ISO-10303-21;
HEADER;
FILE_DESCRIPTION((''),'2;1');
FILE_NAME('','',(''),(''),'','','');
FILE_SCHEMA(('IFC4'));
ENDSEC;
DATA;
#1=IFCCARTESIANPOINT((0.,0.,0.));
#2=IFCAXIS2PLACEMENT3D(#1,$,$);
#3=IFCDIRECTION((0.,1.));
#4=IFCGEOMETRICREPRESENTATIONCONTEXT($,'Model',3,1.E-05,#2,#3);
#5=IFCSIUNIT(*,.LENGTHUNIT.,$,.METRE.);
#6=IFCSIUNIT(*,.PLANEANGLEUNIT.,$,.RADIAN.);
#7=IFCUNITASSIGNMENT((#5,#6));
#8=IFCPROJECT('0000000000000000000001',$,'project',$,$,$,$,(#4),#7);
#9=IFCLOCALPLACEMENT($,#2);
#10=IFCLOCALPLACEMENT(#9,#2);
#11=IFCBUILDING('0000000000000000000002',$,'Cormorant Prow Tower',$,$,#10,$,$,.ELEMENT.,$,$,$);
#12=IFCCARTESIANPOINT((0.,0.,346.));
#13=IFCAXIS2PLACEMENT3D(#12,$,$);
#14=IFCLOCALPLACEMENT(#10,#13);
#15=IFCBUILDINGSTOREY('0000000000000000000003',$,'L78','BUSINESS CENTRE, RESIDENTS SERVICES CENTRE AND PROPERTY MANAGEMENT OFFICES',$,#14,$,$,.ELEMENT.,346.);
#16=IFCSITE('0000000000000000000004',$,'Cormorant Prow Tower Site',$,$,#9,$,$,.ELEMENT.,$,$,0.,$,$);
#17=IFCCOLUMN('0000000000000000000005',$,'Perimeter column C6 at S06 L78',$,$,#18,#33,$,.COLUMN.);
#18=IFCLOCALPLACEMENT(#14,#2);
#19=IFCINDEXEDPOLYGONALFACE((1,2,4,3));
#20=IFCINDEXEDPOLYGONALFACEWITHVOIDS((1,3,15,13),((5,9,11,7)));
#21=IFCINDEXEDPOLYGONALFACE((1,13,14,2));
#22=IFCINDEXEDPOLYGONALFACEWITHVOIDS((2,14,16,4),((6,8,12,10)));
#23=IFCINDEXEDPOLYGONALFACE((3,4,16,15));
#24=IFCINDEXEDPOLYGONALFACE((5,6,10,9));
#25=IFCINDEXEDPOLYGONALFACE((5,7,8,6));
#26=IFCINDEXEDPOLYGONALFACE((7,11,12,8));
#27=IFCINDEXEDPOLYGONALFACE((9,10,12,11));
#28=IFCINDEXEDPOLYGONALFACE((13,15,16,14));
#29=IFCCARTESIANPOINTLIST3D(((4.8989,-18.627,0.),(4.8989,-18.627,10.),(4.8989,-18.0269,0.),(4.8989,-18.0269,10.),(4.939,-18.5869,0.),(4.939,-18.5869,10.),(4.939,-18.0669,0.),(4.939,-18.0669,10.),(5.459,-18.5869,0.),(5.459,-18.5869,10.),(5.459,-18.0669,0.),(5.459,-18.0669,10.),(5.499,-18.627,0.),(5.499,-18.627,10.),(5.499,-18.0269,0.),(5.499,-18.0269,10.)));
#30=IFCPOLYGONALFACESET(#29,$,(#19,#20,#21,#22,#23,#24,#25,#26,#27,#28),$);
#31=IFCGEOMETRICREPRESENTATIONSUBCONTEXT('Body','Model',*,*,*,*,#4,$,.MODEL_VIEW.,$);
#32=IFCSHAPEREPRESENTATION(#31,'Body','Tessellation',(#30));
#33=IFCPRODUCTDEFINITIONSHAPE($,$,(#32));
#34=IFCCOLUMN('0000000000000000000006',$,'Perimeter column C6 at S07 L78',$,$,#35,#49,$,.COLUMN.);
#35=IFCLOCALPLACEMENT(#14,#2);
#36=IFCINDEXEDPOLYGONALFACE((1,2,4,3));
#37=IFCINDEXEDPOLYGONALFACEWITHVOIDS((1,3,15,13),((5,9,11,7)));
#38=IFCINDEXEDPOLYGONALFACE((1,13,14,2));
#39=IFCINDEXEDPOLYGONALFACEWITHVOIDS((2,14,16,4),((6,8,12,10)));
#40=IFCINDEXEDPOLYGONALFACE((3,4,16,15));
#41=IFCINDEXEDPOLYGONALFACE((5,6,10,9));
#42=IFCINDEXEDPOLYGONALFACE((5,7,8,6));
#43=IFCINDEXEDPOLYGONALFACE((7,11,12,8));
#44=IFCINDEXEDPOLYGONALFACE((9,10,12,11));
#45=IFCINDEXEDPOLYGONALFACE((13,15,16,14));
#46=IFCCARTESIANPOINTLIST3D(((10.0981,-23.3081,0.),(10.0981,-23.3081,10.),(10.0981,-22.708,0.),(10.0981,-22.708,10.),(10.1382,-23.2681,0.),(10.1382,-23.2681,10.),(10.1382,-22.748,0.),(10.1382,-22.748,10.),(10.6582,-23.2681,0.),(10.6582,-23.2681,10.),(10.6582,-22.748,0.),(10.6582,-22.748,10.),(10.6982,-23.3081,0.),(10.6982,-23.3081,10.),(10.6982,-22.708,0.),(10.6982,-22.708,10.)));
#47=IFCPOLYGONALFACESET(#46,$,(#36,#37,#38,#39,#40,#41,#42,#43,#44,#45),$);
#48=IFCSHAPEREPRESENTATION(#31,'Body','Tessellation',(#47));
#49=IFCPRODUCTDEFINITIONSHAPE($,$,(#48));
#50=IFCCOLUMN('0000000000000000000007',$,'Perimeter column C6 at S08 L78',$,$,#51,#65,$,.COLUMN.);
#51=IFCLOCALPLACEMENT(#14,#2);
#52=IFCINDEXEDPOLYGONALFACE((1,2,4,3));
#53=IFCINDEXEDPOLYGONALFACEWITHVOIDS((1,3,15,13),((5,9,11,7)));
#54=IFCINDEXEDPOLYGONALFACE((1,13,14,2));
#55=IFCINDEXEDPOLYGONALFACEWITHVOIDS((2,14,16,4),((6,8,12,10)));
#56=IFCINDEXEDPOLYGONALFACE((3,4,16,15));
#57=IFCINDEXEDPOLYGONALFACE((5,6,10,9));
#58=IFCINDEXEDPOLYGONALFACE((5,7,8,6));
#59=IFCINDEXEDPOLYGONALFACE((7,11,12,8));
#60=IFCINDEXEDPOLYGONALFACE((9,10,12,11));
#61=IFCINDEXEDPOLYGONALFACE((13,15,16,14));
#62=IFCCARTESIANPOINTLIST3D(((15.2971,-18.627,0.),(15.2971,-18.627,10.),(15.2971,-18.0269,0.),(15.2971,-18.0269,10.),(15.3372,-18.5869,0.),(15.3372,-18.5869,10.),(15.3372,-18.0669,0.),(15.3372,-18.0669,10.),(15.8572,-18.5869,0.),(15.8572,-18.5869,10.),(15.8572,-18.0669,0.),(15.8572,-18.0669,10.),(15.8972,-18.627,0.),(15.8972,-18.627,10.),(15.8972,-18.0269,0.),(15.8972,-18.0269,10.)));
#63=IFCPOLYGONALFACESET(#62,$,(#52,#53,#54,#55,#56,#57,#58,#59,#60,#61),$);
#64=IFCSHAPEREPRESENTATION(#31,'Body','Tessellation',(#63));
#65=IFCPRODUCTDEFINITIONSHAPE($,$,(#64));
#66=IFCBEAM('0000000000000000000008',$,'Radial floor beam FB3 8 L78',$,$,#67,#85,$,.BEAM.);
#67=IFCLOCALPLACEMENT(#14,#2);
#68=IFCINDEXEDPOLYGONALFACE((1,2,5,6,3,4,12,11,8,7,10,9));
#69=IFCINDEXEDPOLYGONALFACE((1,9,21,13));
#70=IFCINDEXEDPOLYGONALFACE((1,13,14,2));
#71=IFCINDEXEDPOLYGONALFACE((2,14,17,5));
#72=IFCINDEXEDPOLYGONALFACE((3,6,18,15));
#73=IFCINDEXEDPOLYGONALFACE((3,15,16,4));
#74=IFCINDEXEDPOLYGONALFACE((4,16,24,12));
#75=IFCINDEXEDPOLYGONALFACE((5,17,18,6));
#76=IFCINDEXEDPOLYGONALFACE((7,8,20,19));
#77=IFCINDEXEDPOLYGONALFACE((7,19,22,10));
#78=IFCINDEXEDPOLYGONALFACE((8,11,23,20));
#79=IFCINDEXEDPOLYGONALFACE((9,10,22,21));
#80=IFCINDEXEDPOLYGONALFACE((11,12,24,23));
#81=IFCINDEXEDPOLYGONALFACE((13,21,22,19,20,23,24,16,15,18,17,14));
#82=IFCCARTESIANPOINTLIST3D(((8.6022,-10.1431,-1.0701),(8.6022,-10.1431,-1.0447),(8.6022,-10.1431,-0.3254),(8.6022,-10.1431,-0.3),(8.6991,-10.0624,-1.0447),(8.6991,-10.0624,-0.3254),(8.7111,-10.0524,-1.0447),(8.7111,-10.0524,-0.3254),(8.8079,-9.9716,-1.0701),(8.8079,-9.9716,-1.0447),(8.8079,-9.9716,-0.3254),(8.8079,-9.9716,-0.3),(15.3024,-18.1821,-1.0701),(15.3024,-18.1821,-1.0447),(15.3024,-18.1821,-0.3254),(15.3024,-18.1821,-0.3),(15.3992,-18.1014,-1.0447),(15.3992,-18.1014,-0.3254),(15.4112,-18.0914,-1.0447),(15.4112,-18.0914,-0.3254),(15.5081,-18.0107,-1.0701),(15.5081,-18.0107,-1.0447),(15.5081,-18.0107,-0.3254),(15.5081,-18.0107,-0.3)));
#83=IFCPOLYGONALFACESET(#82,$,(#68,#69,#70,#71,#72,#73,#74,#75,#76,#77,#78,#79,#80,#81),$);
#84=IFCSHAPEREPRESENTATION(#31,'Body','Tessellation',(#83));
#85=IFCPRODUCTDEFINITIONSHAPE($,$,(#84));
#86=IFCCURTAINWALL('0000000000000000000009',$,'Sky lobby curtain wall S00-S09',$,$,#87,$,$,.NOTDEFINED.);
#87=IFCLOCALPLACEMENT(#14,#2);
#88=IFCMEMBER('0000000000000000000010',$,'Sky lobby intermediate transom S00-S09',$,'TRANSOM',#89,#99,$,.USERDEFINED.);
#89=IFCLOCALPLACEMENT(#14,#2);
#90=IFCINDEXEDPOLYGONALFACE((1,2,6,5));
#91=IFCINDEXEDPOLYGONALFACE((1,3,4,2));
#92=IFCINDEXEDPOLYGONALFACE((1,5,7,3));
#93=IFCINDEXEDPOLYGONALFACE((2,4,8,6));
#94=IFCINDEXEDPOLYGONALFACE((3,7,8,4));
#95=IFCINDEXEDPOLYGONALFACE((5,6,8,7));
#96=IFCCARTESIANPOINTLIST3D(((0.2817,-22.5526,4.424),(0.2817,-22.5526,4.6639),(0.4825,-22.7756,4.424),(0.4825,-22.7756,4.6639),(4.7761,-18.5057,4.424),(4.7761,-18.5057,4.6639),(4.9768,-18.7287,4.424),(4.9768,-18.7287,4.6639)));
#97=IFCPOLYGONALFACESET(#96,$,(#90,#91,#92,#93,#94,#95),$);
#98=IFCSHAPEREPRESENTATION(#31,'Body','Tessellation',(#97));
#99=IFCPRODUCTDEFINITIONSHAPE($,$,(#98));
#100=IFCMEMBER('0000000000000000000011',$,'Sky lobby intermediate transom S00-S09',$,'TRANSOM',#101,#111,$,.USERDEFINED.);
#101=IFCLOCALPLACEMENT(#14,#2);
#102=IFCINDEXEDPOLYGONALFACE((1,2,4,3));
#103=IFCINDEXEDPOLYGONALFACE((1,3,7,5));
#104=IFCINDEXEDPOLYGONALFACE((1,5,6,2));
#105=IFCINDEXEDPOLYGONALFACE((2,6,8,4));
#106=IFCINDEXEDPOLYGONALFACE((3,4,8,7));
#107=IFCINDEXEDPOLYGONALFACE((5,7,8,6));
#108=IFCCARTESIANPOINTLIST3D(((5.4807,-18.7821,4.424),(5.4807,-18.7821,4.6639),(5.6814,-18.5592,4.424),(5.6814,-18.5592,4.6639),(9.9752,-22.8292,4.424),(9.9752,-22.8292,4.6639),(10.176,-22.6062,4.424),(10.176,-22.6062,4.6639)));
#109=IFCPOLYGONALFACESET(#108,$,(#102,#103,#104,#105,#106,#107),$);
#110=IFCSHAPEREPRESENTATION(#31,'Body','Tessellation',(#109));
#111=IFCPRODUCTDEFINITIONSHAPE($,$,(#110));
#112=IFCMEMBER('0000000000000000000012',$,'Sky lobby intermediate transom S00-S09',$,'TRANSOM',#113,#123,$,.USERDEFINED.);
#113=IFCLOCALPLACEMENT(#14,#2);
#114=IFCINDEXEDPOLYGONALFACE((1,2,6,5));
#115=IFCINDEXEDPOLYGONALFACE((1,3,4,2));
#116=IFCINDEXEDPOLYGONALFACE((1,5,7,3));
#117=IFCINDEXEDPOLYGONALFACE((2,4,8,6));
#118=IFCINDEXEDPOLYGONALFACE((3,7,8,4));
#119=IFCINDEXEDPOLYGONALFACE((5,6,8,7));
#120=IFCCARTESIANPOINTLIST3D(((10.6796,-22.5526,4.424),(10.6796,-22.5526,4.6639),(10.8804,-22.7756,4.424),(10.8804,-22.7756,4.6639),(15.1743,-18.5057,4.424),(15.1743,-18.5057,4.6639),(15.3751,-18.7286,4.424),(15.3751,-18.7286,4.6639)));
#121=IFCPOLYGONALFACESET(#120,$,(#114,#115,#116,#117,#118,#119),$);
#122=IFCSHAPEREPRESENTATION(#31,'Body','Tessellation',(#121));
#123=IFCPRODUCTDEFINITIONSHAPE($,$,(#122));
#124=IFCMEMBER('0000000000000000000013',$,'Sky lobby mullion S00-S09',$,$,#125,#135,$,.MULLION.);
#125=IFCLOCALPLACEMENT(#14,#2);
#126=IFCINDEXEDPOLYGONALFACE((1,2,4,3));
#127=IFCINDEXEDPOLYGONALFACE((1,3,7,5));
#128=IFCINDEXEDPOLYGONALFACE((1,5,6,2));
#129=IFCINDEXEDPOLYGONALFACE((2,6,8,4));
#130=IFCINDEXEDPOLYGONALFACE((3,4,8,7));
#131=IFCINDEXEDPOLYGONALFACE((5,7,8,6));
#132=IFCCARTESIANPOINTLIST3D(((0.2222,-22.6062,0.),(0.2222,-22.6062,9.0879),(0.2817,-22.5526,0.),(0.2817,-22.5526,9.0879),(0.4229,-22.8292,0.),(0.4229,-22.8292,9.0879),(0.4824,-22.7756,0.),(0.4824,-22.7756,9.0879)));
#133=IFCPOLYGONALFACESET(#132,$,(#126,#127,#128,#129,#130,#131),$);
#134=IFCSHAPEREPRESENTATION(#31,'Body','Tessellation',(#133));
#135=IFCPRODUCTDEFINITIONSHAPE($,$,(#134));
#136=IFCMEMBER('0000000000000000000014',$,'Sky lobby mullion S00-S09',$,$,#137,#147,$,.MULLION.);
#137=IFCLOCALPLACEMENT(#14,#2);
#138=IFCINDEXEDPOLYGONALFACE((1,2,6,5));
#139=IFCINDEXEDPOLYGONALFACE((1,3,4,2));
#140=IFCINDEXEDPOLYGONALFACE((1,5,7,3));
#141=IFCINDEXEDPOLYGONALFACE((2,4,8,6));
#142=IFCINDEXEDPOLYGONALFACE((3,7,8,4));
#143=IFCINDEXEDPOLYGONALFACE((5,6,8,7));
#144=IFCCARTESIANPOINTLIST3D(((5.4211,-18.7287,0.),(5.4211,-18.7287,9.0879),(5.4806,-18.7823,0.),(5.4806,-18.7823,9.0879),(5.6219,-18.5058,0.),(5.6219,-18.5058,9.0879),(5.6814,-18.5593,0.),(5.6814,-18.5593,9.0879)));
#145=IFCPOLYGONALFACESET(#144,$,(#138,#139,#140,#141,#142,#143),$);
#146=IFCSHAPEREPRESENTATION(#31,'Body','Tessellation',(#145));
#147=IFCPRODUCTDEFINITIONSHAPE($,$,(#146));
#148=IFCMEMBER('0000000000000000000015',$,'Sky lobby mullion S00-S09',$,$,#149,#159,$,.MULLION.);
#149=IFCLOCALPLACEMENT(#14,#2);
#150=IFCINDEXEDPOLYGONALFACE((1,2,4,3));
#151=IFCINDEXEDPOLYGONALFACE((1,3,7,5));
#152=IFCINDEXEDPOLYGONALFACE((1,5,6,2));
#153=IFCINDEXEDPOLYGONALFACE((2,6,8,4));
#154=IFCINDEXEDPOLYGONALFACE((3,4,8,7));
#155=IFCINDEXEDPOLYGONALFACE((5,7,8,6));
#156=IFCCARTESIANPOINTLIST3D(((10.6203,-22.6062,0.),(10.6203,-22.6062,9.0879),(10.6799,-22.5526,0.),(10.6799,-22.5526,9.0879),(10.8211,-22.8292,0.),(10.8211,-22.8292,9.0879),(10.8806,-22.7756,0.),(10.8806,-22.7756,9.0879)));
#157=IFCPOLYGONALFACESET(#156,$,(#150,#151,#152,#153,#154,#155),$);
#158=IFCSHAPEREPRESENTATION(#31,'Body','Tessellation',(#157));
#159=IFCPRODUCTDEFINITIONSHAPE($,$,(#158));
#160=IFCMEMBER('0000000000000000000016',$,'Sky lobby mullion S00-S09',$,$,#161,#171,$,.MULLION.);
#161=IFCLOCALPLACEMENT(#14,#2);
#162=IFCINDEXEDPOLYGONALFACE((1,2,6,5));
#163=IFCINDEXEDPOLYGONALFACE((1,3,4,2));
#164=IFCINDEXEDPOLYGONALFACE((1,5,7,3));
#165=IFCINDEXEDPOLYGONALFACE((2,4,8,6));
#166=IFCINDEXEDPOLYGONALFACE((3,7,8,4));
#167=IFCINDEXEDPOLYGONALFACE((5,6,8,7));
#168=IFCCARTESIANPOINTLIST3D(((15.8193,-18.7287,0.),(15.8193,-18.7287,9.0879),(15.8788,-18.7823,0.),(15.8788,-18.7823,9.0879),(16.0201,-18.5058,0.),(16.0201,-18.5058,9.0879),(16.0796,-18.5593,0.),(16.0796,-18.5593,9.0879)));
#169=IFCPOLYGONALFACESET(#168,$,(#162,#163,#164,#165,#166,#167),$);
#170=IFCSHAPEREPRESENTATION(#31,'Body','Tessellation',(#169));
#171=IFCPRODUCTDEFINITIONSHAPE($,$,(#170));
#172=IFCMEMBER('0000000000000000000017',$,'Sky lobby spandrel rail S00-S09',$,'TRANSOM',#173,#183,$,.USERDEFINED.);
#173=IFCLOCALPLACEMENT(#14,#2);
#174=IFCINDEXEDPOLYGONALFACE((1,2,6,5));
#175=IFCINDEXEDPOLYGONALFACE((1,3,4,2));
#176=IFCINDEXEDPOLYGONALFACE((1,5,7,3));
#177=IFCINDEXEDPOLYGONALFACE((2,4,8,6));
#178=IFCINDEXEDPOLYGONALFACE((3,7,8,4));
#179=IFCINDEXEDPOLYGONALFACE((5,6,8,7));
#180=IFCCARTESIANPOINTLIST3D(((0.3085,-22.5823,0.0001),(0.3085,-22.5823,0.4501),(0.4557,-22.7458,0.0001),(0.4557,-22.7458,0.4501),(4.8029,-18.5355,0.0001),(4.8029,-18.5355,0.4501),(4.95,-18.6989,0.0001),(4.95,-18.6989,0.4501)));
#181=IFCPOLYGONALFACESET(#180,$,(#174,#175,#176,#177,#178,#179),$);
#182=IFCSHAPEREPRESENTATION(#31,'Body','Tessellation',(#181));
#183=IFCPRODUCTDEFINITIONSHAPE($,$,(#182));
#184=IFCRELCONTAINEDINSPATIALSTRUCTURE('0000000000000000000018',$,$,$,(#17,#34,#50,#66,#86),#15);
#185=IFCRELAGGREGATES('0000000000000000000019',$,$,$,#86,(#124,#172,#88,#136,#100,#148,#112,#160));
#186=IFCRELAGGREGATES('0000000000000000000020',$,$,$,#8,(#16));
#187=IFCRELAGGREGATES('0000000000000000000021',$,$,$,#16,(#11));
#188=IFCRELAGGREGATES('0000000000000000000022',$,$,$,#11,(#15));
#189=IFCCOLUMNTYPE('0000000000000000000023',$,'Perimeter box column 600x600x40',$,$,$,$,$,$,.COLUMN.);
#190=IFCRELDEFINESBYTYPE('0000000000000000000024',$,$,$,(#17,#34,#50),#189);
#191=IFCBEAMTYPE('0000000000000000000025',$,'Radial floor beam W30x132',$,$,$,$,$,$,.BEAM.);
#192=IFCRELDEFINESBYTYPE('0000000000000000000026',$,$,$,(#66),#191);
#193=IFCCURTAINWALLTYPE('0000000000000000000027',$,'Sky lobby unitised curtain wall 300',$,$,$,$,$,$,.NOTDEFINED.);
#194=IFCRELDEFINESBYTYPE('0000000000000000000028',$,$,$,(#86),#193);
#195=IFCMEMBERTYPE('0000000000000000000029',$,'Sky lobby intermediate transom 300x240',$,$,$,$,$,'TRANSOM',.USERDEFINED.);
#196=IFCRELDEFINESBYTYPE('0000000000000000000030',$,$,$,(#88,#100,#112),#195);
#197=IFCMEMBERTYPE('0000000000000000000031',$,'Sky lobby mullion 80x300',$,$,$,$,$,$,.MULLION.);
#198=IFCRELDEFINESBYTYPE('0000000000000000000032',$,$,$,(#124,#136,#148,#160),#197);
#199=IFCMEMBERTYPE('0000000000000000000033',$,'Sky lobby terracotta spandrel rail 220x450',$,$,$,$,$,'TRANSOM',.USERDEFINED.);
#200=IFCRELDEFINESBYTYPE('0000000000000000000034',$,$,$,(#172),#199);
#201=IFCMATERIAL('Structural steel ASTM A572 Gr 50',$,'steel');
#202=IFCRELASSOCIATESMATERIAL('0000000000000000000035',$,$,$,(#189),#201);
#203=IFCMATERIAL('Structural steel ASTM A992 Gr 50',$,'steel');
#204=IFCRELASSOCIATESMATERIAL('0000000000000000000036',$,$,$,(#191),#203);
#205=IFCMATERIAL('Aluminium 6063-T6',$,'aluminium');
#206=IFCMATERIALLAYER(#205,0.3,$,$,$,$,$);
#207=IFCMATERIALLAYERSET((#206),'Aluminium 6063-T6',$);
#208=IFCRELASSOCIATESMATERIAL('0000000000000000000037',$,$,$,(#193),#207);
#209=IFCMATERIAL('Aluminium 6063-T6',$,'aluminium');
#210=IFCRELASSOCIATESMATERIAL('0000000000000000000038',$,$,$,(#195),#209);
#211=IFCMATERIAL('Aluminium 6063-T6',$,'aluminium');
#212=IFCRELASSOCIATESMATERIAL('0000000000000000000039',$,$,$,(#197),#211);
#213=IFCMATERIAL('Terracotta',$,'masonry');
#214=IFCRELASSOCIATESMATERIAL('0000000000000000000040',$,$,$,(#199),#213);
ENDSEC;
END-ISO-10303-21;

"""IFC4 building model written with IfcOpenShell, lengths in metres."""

from ifc_helpers import new_model, si_unit, direction, frame, origin, origin_2d, place, context, subcontext, project, spatial, rectangle, hollow_rectangle, i_section, extrude, material, layer, layer_set, material_profile, profile_set, type_object, element, aggregate, save


model = new_model("IFC4")

# Units and contexts
model_context = context("Model", 3, precision=1e-05, world=origin(), true_north=direction((0.0, 1.0)))
body_context = subcontext(model_context, "Body", "Model", "MODEL_VIEW")
ifc_project = project(units=[si_unit("LENGTHUNIT", "METRE"), si_unit("PLANEANGLEUNIT", "RADIAN")], contexts=[model_context])

# Site, building, storey
site_placement = place(None, origin())
site = spatial("IfcSite", under=ifc_project, at=site_placement, Name="Cormorant Prow Tower Site", CompositionType="ELEMENT", RefElevation=0.0)
building_placement = place(site_placement, origin())
building = spatial("IfcBuilding", under=site, at=building_placement, Name="Cormorant Prow Tower", CompositionType="ELEMENT")
storey_placement = place(building_placement, frame((0.0, 0.0, 346.0)))
storey = spatial("IfcBuildingStorey", under=building, at=storey_placement, Name="L78", Description="BUSINESS CENTRE, RESIDENTS SERVICES CENTRE AND PROPERTY MANAGEMENT OFFICES", CompositionType="ELEMENT", Elevation=346.0)

# Columns
ifc_material_1 = material(Name="Structural steel ASTM A572 Gr 50", Category="steel")
ifc_material_profile_1 = material_profile(ifc_material_1, hollow_rectangle(XDim=0.6001, YDim=0.6001, WallThickness=0.04, at=origin_2d()), Name="Box 600x600x40")
ifc_profile_set_1 = profile_set([ifc_material_profile_1], Name="Structural steel ASTM A572 Gr 50")
column_type = type_object("IfcColumnType", Name="Perimeter box column 600x600x40", PredefinedType="COLUMN", material=ifc_profile_set_1)
for number, where, z_axis, x_axis, name in (
    (1, (5.199, -18.3269, 0.0), (0.0, 0.0, 1.0), (1.0, 0.0, 0.0), "Perimeter column C6 at S06 L78"),
    (2, (10.3982, -23.0081, 0.0), (0.0, 0.0, 1.0), (1.0, 0.0, 0.0), "Perimeter column C6 at S07 L78"),
    (3, (15.5972, -18.3269, 0.0), (0.0, 0.0, 1.0), (1.0, 0.0, 0.0), "Perimeter column C6 at S08 L78"),
):
    element("IfcColumn", number, at=place(storey_placement, frame(where, z_axis=z_axis, x_axis=x_axis)), inside=storey, type_object=column_type, Name=name, PredefinedType="COLUMN", context=body_context, shape_type="SweptSolid", body=[
        extrude(hollow_rectangle(XDim=0.6001, YDim=0.6001, WallThickness=0.04, at=origin_2d()), origin(), (0.0, 0.0, 1.0), 10.0),
    ])

# Beam
ifc_material_2 = material(Name="Structural steel ASTM A992 Gr 50", Category="steel")
ifc_material_profile_2 = material_profile(ifc_material_2, i_section(OverallWidth=0.2678, OverallDepth=0.77, WebThickness=0.0156, FlangeThickness=0.0254, at=origin_2d()), Name="W30x132")
ifc_profile_set_2 = profile_set([ifc_material_profile_2], Name="Structural steel ASTM A992 Gr 50")
beam_type_1 = type_object("IfcBeamType", Name="Radial floor beam W30x132", PredefinedType="BEAM", material=ifc_profile_set_2)
beam_1_placement = place(storey_placement, frame((8.7051, -10.0574, -0.6851), z_axis=(0.640239, -0.768175, 0.0), x_axis=(0.768175, 0.640239, 0.0)))
element("IfcBeam", 4, at=beam_1_placement, inside=storey, type_object=beam_type_1, Name="Radial floor beam FB3 8 L78", PredefinedType="BEAM", context=body_context, shape_type="SweptSolid", body=[
    extrude(i_section(OverallWidth=0.2678, OverallDepth=0.77, WebThickness=0.0156, FlangeThickness=0.0254, at=origin_2d()), origin(), (0.0, 0.0, 1.0), 10.4651),
])

# Curtain wall, members
ifc_material_3 = material(Name="Aluminium 6063-T6", Category="aluminium")
ifc_layer_1 = layer(ifc_material_3, 0.3)
ifc_layer_set_1 = layer_set([ifc_layer_1], Name="Aluminium 6063-T6")
curtain_wall_type = type_object("IfcCurtainWallType", Name="Sky lobby unitised curtain wall 300", PredefinedType="NOTDEFINED", material=ifc_layer_set_1)
curtain_wall_placement = place(storey_placement, origin())
curtain_wall = element("IfcCurtainWall", 5, at=curtain_wall_placement, inside=storey, type_object=curtain_wall_type, Name="Sky lobby curtain wall S00-S09", PredefinedType="NOTDEFINED")
ifc_material_4 = material(Name="Aluminium 6063-T6", Category="aluminium")
ifc_material_profile_3 = material_profile(ifc_material_4, rectangle(XDim=0.3, YDim=0.24, at=origin_2d()), Name="Sky lobby intermediate transom 300x240")
ifc_profile_set_3 = profile_set([ifc_material_profile_3], Name="Aluminium 6063-T6")
member_type_1 = type_object("IfcMemberType", Name="Sky lobby intermediate transom 300x240", ElementType="TRANSOM", PredefinedType="USERDEFINED", material=ifc_profile_set_3)
member_1_placement = place(storey_placement, frame((0.3821, -22.6641, 4.5439), z_axis=(0.743136, 0.669141, 0.0), x_axis=(-0.669141, 0.743136, 0.0)))
member_1 = element("IfcMember", 6, at=member_1_placement, type_object=member_type_1, Name="Sky lobby intermediate transom S00-S09", ObjectType="TRANSOM", PredefinedType="USERDEFINED", context=body_context, shape_type="SweptSolid", body=[
    extrude(rectangle(XDim=0.3, YDim=0.24, at=origin_2d()), origin(), (0.0, 0.0, 1.0), 6.0479),
])
member_2_placement = place(storey_placement, frame((5.5811, -18.6707, 4.5439), z_axis=(0.743134, -0.669143, 0.0), x_axis=(0.669143, 0.743134, 0.0)))
member_2 = element("IfcMember", 7, at=member_2_placement, type_object=member_type_1, Name="Sky lobby intermediate transom S00-S09", ObjectType="TRANSOM", PredefinedType="USERDEFINED", context=body_context, shape_type="SweptSolid", body=[
    extrude(rectangle(XDim=0.3, YDim=0.24, at=origin_2d()), origin(), (0.0, 0.0, 1.0), 6.0481),
])
member_3_placement = place(storey_placement, frame((10.78, -22.6641, 4.5439), z_axis=(0.743154, 0.669121, 0.0), x_axis=(-0.669121, 0.743154, 0.0)))
member_3 = element("IfcMember", 8, at=member_3_placement, type_object=member_type_1, Name="Sky lobby intermediate transom S00-S09", ObjectType="TRANSOM", PredefinedType="USERDEFINED", context=body_context, shape_type="SweptSolid", body=[
    extrude(rectangle(XDim=0.3, YDim=0.24, at=origin_2d()), origin(), (0.0, 0.0, 1.0), 6.0481),
])
ifc_material_5 = material(Name="Aluminium 6063-T6", Category="aluminium")
ifc_material_profile_4 = material_profile(ifc_material_5, rectangle(XDim=0.3, YDim=0.0801, at=origin_2d()), Name="Sky lobby mullion 80x300")
ifc_profile_set_4 = profile_set([ifc_material_profile_4], Name="Aluminium 6063-T6")
member_type_2 = type_object("IfcMemberType", Name="Sky lobby mullion 80x300", PredefinedType="MULLION", material=ifc_profile_set_4)
member_4_placement = place(storey_placement, frame((0.3523, -22.6909, 0.0), z_axis=(0.0, 0.0, 1.0), x_axis=(-0.669131, 0.743145, 0.0)))
member_4 = element("IfcMember", 9, at=member_4_placement, type_object=member_type_2, Name="Sky lobby mullion S00-S09", PredefinedType="MULLION", context=body_context, shape_type="SweptSolid", body=[
    extrude(rectangle(XDim=0.3, YDim=0.0801, at=origin_2d()), origin(), (0.0, 0.0, 1.0), 9.0879),
])
member_5_placement = place(storey_placement, frame((5.5513, -18.644, 0.0), z_axis=(0.0, 0.0, 1.0), x_axis=(0.669131, 0.743145, 0.0)))
member_5 = element("IfcMember", 10, at=member_5_placement, type_object=member_type_2, Name="Sky lobby mullion S00-S09", PredefinedType="MULLION", context=body_context, shape_type="SweptSolid", body=[
    extrude(rectangle(XDim=0.3, YDim=0.0801, at=origin_2d()), origin(), (0.0, 0.0, 1.0), 9.0879),
])
member_6_placement = place(storey_placement, frame((10.7505, -22.6909, 0.0), z_axis=(0.0, 0.0, 1.0), x_axis=(-0.669131, 0.743145, 0.0)))
member_6 = element("IfcMember", 11, at=member_6_placement, type_object=member_type_2, Name="Sky lobby mullion S00-S09", PredefinedType="MULLION", context=body_context, shape_type="SweptSolid", body=[
    extrude(rectangle(XDim=0.3, YDim=0.0801, at=origin_2d()), origin(), (0.0, 0.0, 1.0), 9.0879),
])
member_7_placement = place(storey_placement, frame((15.9495, -18.644, 0.0), z_axis=(0.0, 0.0, 1.0), x_axis=(0.669131, 0.743145, 0.0)))
member_7 = element("IfcMember", 12, at=member_7_placement, type_object=member_type_2, Name="Sky lobby mullion S00-S09", PredefinedType="MULLION", context=body_context, shape_type="SweptSolid", body=[
    extrude(rectangle(XDim=0.3, YDim=0.0801, at=origin_2d()), origin(), (0.0, 0.0, 1.0), 9.0879),
])
ifc_material_6 = material(Name="Terracotta", Category="masonry")
ifc_material_profile_5 = material_profile(ifc_material_6, rectangle(XDim=0.22, YDim=0.45, at=origin_2d()), Name="Sky lobby terracotta spandrel rail 220x450")
ifc_profile_set_5 = profile_set([ifc_material_profile_5], Name="Terracotta")
member_type_3 = type_object("IfcMemberType", Name="Sky lobby terracotta spandrel rail 220x450", ElementType="TRANSOM", PredefinedType="USERDEFINED", material=ifc_profile_set_5)
member_8_placement = place(storey_placement, frame((0.3821, -22.6641, 0.2251), z_axis=(0.743136, 0.669141, 0.0), x_axis=(-0.669141, 0.743136, 0.0)))
member_8 = element("IfcMember", 13, at=member_8_placement, type_object=member_type_3, Name="Sky lobby spandrel rail S00-S09", ObjectType="TRANSOM", PredefinedType="USERDEFINED", context=body_context, shape_type="SweptSolid", body=[
    extrude(rectangle(XDim=0.22, YDim=0.45, at=origin_2d()), origin(), (0.0, 0.0, 1.0), 6.0479),
])

aggregate(curtain_wall, [member_4, member_8, member_1, member_5, member_2, member_6, member_3, member_7])

save(model, "model.ifc")
